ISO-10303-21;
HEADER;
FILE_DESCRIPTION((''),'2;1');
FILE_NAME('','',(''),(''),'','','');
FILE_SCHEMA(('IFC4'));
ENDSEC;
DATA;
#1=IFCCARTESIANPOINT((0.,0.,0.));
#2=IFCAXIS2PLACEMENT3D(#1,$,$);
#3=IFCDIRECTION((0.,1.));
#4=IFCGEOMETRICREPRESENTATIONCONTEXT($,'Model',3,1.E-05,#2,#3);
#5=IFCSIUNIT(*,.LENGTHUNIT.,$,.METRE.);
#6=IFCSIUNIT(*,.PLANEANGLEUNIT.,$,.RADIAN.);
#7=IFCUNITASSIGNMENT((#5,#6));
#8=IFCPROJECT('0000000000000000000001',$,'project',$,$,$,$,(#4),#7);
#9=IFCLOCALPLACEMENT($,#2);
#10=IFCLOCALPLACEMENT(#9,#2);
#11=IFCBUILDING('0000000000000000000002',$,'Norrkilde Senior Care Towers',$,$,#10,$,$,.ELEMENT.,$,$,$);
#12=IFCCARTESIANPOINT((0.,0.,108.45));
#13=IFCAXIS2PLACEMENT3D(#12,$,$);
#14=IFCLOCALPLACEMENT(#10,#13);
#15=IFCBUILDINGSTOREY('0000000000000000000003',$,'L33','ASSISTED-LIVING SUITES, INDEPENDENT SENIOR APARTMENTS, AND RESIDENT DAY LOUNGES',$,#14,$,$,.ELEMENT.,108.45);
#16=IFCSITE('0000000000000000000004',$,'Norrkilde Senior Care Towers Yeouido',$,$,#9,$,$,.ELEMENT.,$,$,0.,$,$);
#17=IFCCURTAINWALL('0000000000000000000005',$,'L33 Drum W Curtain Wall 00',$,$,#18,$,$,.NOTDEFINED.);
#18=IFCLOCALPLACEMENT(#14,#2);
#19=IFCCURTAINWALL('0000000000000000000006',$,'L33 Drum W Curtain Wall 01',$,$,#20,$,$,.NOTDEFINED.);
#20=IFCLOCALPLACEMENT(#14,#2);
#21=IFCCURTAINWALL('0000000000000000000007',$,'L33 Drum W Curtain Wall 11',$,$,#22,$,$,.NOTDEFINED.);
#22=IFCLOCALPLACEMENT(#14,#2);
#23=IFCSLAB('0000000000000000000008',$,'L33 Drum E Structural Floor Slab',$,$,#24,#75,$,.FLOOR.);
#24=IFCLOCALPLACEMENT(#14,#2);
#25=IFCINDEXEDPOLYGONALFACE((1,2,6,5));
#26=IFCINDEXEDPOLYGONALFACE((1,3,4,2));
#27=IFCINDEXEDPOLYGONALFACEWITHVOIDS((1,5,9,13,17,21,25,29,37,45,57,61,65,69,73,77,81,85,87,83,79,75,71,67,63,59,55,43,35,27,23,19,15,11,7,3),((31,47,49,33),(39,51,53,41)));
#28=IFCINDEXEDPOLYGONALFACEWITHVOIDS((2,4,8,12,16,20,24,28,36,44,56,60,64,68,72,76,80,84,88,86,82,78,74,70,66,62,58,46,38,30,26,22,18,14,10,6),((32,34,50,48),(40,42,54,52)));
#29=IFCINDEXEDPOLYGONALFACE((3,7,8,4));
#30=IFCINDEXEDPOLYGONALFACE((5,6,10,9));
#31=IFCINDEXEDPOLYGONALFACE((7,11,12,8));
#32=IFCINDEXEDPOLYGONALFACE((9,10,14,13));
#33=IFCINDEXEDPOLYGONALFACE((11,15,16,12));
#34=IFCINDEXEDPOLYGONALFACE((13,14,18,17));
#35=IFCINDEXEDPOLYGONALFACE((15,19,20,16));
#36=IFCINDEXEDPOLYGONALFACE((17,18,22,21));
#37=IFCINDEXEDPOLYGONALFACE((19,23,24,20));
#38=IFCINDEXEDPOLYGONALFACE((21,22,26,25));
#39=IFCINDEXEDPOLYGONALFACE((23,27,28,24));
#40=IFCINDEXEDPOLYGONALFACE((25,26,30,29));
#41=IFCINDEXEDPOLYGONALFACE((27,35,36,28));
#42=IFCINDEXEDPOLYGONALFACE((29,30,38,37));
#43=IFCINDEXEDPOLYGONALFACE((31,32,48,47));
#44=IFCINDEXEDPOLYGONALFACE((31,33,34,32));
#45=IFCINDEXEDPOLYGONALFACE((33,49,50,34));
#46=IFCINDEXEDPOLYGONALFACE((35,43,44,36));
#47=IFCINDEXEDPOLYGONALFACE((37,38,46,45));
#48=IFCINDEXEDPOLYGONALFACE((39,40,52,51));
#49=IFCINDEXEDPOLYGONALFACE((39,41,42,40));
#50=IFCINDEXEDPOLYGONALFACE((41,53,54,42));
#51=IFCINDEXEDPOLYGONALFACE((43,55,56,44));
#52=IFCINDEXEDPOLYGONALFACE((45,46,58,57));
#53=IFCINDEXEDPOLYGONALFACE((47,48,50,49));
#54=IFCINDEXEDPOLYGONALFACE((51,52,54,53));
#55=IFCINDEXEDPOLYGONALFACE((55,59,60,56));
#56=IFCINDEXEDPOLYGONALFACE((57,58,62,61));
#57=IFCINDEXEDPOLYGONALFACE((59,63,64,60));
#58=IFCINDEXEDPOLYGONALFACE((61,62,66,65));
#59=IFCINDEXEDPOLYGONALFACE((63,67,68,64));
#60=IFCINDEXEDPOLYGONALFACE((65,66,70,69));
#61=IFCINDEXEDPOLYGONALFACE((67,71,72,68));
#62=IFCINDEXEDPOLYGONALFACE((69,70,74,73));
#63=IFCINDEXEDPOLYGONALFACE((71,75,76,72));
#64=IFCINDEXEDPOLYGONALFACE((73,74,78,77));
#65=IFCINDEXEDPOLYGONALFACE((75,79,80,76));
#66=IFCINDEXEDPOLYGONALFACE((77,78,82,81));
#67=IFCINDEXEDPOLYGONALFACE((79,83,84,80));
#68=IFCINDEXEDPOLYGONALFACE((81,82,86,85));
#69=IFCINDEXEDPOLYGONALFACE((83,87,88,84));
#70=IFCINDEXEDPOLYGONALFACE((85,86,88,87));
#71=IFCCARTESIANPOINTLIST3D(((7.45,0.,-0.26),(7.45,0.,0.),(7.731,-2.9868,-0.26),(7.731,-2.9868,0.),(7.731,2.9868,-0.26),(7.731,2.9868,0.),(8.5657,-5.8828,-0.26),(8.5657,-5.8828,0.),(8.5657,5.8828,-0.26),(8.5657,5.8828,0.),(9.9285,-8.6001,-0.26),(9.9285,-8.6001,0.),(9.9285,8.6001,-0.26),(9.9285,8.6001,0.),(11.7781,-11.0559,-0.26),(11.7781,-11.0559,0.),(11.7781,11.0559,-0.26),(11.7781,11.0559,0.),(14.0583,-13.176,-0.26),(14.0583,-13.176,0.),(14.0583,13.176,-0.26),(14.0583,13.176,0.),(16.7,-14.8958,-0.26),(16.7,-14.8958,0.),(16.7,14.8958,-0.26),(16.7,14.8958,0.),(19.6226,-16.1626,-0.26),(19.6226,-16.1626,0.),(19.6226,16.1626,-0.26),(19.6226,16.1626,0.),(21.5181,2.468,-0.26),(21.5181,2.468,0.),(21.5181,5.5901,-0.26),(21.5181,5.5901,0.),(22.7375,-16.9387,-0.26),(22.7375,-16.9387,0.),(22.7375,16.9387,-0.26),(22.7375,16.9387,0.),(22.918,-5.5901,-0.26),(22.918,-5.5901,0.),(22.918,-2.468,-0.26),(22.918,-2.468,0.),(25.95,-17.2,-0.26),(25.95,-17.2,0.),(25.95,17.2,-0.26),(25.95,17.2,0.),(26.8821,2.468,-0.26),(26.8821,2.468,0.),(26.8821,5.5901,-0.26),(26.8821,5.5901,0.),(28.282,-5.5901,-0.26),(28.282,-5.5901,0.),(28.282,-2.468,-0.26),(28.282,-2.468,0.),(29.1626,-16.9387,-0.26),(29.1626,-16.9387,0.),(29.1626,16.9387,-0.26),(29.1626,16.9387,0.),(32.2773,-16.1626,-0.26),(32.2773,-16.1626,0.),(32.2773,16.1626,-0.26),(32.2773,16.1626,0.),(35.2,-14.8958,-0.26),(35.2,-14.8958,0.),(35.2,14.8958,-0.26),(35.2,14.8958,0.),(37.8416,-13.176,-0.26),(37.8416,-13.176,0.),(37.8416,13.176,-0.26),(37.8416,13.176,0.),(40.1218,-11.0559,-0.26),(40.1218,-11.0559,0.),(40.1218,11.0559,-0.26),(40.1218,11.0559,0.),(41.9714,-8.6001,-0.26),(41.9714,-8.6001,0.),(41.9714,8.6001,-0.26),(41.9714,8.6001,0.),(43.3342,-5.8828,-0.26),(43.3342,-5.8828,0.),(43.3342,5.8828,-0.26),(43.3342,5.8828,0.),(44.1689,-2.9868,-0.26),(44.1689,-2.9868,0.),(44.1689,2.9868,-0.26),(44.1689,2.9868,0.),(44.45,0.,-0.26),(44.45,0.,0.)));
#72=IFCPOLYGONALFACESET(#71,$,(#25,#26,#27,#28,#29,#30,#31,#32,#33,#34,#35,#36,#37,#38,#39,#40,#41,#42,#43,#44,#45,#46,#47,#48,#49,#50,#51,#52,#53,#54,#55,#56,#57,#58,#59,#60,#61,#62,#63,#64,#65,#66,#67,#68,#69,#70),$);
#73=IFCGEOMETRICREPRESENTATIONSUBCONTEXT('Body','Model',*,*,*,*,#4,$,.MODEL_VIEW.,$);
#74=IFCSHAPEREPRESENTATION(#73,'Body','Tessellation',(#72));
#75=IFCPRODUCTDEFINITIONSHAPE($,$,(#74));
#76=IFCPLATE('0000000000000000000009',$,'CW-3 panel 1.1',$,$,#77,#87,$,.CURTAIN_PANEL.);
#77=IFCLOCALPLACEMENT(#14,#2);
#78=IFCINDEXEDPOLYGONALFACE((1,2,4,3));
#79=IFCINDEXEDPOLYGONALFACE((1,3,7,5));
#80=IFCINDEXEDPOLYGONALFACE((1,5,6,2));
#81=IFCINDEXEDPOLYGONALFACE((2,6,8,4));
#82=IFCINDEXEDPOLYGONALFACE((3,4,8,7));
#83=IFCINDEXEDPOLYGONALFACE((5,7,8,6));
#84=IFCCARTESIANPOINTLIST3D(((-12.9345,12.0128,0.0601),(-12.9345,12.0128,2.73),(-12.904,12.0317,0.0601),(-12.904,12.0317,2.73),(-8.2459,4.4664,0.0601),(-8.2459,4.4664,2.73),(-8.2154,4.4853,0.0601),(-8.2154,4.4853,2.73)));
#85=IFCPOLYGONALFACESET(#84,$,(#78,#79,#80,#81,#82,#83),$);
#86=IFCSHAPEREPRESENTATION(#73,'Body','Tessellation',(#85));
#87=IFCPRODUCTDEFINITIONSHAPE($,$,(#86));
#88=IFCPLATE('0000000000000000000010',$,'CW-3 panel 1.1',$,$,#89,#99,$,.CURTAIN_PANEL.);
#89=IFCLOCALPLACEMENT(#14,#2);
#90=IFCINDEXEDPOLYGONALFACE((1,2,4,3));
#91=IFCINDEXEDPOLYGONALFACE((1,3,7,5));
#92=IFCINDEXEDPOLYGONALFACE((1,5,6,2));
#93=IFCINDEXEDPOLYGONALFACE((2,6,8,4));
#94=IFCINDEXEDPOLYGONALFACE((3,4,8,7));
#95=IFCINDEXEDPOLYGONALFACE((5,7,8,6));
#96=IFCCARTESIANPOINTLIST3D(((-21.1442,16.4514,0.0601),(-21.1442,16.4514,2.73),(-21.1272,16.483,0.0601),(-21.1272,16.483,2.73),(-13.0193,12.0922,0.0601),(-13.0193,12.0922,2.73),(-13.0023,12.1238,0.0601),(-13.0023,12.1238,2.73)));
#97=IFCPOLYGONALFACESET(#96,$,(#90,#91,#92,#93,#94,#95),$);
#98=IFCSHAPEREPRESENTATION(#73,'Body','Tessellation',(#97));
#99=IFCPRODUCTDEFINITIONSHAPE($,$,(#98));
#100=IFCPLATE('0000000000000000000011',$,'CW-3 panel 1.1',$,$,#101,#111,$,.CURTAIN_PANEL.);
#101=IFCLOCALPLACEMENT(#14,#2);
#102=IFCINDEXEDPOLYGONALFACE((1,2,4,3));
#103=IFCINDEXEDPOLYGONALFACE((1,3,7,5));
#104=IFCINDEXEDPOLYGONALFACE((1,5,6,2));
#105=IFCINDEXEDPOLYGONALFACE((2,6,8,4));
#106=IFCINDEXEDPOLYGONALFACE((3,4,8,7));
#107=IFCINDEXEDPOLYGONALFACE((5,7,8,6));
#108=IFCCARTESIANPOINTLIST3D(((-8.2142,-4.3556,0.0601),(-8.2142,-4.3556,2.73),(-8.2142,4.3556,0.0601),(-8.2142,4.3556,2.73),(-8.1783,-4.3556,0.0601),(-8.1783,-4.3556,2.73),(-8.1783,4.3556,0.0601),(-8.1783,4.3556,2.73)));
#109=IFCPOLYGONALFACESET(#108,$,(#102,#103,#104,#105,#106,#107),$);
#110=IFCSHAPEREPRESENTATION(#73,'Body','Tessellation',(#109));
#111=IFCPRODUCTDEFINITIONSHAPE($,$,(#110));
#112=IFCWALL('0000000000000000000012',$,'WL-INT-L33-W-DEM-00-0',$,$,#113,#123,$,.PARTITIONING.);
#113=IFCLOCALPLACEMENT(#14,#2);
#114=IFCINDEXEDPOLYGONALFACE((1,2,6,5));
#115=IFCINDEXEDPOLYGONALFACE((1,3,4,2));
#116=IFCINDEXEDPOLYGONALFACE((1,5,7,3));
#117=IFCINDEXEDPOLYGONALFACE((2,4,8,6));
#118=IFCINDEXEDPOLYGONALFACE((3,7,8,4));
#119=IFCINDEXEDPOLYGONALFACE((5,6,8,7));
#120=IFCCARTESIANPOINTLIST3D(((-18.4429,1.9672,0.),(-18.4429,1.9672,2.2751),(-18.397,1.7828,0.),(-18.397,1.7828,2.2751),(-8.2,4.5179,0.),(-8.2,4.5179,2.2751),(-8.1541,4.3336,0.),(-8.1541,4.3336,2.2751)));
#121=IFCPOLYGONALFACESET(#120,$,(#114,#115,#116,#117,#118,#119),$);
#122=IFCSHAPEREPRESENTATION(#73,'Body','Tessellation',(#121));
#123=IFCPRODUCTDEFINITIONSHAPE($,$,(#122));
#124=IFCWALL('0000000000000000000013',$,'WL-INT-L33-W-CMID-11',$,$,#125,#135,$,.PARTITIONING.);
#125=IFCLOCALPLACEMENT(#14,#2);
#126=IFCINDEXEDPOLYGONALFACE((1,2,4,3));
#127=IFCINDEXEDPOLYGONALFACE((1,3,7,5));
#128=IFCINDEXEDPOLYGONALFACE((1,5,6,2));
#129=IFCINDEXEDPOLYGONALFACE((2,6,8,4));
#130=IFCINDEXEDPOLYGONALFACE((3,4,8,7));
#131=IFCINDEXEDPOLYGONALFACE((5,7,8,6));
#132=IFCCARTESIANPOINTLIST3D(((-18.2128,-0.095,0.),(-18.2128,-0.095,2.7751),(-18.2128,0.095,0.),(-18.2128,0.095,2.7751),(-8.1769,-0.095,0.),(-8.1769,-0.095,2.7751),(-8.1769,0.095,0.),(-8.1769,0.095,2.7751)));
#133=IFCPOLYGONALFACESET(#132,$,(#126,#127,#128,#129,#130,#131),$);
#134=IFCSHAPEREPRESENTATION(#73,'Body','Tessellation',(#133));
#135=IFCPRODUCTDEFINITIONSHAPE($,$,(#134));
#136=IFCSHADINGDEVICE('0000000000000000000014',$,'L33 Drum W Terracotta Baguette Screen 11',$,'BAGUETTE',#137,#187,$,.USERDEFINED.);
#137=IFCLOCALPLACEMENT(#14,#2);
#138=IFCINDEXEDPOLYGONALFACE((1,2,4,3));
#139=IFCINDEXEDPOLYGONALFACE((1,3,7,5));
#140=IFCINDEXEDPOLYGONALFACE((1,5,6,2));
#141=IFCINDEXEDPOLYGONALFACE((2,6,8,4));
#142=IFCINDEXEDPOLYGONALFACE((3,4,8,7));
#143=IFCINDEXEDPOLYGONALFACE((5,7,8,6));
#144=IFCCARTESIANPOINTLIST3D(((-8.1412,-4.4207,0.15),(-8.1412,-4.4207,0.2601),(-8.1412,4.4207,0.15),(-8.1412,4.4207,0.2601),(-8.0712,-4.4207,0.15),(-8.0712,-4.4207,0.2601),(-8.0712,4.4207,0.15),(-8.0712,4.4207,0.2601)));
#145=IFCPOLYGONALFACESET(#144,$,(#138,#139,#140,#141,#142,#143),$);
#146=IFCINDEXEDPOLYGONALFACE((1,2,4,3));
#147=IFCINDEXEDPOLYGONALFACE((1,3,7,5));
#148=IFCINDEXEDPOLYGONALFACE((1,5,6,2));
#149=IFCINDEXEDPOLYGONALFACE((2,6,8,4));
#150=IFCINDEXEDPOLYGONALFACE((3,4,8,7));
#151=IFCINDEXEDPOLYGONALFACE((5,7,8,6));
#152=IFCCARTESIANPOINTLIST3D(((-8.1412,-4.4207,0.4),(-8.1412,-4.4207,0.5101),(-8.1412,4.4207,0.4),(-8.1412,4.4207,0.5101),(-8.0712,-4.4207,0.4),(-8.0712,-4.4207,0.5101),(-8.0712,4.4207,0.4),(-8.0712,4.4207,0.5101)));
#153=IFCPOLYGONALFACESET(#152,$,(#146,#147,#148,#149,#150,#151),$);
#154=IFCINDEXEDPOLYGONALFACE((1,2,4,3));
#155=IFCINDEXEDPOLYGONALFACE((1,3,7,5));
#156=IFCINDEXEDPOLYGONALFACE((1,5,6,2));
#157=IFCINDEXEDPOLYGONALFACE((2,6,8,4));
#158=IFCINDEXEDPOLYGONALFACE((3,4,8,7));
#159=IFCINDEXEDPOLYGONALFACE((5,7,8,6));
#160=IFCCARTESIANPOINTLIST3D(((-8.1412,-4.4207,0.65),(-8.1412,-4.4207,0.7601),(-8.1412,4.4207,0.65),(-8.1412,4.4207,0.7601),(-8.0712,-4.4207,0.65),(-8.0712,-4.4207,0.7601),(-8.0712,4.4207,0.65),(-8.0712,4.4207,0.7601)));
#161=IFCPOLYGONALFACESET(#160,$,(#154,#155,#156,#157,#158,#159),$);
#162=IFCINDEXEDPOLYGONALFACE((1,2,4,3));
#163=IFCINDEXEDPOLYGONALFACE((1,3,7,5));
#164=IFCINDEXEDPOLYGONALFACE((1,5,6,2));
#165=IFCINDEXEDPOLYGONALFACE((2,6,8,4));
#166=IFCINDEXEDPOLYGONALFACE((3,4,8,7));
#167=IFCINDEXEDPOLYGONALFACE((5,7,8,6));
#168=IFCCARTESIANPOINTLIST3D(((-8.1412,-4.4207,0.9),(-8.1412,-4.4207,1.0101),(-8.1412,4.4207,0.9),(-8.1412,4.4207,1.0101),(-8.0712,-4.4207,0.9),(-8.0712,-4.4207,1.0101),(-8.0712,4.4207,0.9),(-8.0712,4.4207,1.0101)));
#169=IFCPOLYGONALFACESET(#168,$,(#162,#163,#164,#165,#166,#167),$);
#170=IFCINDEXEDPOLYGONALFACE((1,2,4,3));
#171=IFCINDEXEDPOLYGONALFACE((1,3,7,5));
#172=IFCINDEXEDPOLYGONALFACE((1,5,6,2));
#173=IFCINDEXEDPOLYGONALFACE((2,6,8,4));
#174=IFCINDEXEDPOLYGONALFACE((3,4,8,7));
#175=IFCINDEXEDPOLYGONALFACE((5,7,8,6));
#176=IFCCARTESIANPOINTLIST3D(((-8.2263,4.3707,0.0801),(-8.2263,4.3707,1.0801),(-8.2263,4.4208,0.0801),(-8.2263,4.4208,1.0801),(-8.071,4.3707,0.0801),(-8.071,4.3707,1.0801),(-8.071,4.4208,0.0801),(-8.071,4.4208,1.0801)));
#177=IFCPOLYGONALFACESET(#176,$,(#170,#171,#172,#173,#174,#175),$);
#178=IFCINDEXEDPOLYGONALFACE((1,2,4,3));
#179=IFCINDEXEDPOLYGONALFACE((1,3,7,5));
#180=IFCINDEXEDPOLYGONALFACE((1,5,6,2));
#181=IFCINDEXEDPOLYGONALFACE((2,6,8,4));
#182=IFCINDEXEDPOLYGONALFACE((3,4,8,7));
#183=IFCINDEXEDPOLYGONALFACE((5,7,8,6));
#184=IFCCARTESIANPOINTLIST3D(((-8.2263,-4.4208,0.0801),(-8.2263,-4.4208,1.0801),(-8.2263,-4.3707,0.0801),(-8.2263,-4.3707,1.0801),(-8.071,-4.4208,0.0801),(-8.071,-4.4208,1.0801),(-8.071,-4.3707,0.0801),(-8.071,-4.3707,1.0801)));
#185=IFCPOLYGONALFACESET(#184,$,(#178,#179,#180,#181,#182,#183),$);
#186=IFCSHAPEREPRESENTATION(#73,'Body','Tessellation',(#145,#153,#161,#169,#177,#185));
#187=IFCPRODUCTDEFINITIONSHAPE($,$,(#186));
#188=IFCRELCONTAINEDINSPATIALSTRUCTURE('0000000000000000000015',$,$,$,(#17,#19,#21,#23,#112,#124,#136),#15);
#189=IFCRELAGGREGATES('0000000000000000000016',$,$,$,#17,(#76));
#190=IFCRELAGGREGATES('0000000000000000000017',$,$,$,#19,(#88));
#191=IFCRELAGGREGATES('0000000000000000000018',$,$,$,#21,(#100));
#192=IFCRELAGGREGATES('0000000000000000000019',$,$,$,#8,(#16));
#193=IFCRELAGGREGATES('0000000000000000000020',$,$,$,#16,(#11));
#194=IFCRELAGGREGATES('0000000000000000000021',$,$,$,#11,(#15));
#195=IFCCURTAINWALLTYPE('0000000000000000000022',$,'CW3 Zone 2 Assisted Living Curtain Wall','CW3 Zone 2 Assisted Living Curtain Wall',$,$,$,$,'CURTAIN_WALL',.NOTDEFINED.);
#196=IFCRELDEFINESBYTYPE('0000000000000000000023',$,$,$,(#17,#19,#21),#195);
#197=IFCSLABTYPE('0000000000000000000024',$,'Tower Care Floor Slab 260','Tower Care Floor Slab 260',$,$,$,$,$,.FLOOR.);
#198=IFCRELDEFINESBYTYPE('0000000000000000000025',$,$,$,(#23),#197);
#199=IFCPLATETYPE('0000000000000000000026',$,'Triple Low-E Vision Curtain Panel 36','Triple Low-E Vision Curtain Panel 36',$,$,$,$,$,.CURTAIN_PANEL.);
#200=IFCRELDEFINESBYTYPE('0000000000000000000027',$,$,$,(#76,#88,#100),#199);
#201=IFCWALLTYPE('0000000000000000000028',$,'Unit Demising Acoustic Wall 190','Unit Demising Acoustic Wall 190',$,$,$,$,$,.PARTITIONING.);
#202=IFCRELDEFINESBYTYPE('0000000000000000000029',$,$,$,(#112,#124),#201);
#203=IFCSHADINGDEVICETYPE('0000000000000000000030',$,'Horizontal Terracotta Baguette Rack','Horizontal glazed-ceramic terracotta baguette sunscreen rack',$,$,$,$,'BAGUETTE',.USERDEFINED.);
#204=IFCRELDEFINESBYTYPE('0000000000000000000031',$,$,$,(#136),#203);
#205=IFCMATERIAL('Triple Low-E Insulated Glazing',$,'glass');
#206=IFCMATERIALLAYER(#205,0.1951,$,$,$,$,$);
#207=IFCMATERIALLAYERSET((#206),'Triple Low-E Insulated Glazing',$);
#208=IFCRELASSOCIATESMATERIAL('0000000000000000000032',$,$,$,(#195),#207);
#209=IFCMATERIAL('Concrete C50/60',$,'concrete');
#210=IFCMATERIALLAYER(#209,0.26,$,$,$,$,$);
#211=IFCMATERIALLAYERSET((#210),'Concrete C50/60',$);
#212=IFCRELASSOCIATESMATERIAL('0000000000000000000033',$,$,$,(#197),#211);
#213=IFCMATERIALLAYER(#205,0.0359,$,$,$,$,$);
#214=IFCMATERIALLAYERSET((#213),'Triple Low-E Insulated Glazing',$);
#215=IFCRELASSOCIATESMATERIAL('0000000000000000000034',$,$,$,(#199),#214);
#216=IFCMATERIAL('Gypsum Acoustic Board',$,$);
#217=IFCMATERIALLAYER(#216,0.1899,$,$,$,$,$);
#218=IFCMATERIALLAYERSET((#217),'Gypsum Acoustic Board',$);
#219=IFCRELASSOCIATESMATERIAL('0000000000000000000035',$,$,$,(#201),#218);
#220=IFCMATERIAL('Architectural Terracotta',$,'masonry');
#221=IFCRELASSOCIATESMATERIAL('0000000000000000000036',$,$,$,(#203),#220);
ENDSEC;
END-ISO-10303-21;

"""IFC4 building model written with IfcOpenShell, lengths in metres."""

from ifc_helpers import new_model, si_unit, direction, frame, frame_2d, origin, origin_2d, place, context, subcontext, project, spatial, polyline, rectangle, outline, extrude, source, transform, mapped, material, layer, layer_set, type_object, type_shapes, element, aggregate, save


model = new_model("IFC4")

# Units and contexts
model_context = context("Model", 3, precision=1e-05, world=origin(), true_north=direction((0.0, 1.0)))
body_context = subcontext(model_context, "Body", "Model", "MODEL_VIEW")
ifc_project = project(units=[si_unit("LENGTHUNIT", "METRE"), si_unit("PLANEANGLEUNIT", "RADIAN")], contexts=[model_context])

# Site, building, storey
site_placement = place(None, origin())
site = spatial("IfcSite", under=ifc_project, at=site_placement, Name="Norrkilde Senior Care Towers Yeouido", CompositionType="ELEMENT", RefElevation=0.0)
building_placement = place(site_placement, origin())
building = spatial("IfcBuilding", under=site, at=building_placement, Name="Norrkilde Senior Care Towers", CompositionType="ELEMENT")
storey_placement = place(building_placement, frame((0.0, 0.0, 108.45)))
storey = spatial("IfcBuildingStorey", under=building, at=storey_placement, Name="L33", Description="ASSISTED-LIVING SUITES, INDEPENDENT SENIOR APARTMENTS, AND RESIDENT DAY LOUNGES", CompositionType="ELEMENT", Elevation=108.45)

# Curtain wall
ifc_material_1 = material(Name="Triple Low-E Insulated Glazing", Category="glass")
ifc_layer_1 = layer(ifc_material_1, 0.1951)
ifc_layer_set_1 = layer_set([ifc_layer_1], Name="Triple Low-E Insulated Glazing")
curtain_wall_type = type_object("IfcCurtainWallType", Name="CW3 Zone 2 Assisted Living Curtain Wall", Description="CW3 Zone 2 Assisted Living Curtain Wall", ElementType="CURTAIN_WALL", PredefinedType="NOTDEFINED", material=ifc_layer_set_1)
curtain_wall_1_placement = place(storey_placement, origin())
curtain_wall_1 = element("IfcCurtainWall", 1, at=curtain_wall_1_placement, inside=storey, type_object=curtain_wall_type, Name="L33 Drum W Curtain Wall 00", PredefinedType="NOTDEFINED")

# Curtain walls
curtain_wall_2_placement = place(storey_placement, origin())
curtain_wall_2 = element("IfcCurtainWall", 2, at=curtain_wall_2_placement, inside=storey, type_object=curtain_wall_type, Name="L33 Drum W Curtain Wall 01", PredefinedType="NOTDEFINED")
curtain_wall_3_placement = place(storey_placement, origin())
curtain_wall_3 = element("IfcCurtainWall", 3, at=curtain_wall_3_placement, inside=storey, type_object=curtain_wall_type, Name="L33 Drum W Curtain Wall 11", PredefinedType="NOTDEFINED")

# Shared definitions
ifc_material_2 = material(Name="Concrete C50/60", Category="concrete")

# Slab
ifc_layer_2 = layer(ifc_material_2, 0.26)
ifc_layer_set_2 = layer_set([ifc_layer_2], Name="Concrete C50/60")
slab_type_1 = type_object("IfcSlabType", Name="Tower Care Floor Slab 260", Description="Tower Care Floor Slab 260", PredefinedType="FLOOR", material=ifc_layer_set_2)
slab_1_placement = place(storey_placement, frame((0.0, 0.0, -0.26)))
element("IfcSlab", 4, at=slab_1_placement, inside=storey, type_object=slab_type_1, Name="L33 Drum E Structural Floor Slab", PredefinedType="FLOOR", context=body_context, shape_type="SweptSolid", body=[
    extrude(outline(polyline([(43.3342, -5.8828), (41.9714, -8.6001), (40.1218, -11.0559), (37.8416, -13.176), (35.2, -14.8958), (32.2773, -16.1626), (29.1626, -16.9387), (25.95, -17.2), (22.7375, -16.9387), (19.6226, -16.1626), (16.7, -14.8958), (14.0583, -13.176), (11.7781, -11.0559), (9.9285, -8.6001), (8.5657, -5.8828), (7.731, -2.9868), (7.45, 0.0), (7.731, 2.9868), (8.5657, 5.8828), (9.9285, 8.6001), (11.7781, 11.0559), (14.0583, 13.176), (16.7, 14.8958), (19.6226, 16.1626), (22.7375, 16.9387), (25.95, 17.2), (29.1626, 16.9387), (32.2773, 16.1626), (35.2, 14.8958), (37.8416, 13.176), (40.1218, 11.0559), (41.9714, 8.6001), (43.3342, 5.8828), (44.1689, 2.9868), (44.45, 0.0), (44.1689, -2.9868), (43.3342, -5.8828)]), holes=[polyline([(21.5181, 2.468), (26.8821, 2.468), (26.8821, 5.5901), (21.5181, 5.5901), (21.5181, 2.468)]), polyline([(28.282, -5.5901), (28.282, -2.468), (22.918, -2.468), (22.918, -5.5901), (28.282, -5.5901)])]), origin(), (0.0, 0.0, 1.0), 0.26),
])

# Plates
ifc_layer_3 = layer(ifc_material_1, 0.0359)
ifc_layer_set_3 = layer_set([ifc_layer_3], Name="Triple Low-E Insulated Glazing")
plate_type = type_object("IfcPlateType", Name="Triple Low-E Vision Curtain Panel 36", Description="Triple Low-E Vision Curtain Panel 36", PredefinedType="CURTAIN_PANEL", material=ifc_layer_set_3)
shared_shape_1 = source(origin(), body_context, "Body", "SweptSolid", [
    extrude(rectangle(XDim=8.8843, YDim=0.0359, at=origin_2d()), origin(), (0.0, 0.0, 1.0), 2.6699),
])
plate_1_placement = place(storey_placement, frame((-10.575, 8.249, 0.0601), z_axis=(0.0, 0.0, 1.0), x_axis=(0.527733, -0.84941, 0.0)))
plate_1 = element("IfcPlate", 5, at=plate_1_placement, type_object=plate_type, Name="CW-3 panel 1.1", PredefinedType="CURTAIN_PANEL", context=body_context, shape_type="MappedRepresentation", body=[
    mapped(shared_shape_1, transform((0.0, 0.0, 0.0), x_axis=(1.0, 0.0, 0.0), y_axis=(0.0, 1.0, 0.0), z_axis=(0.0, 0.0, 1.0), scale=1.0)),
])
aggregate(curtain_wall_1, [plate_1])
shared_shape_2 = source(origin(), body_context, "Body", "SweptSolid", [
    extrude(rectangle(XDim=9.2205, YDim=0.0359, at=origin_2d()), origin(), (0.0, 0.0, 1.0), 2.6699),
])
plate_2_placement = place(storey_placement, frame((-17.0732, 14.2876, 0.0601), z_axis=(0.0, 0.0, 1.0), x_axis=(0.881186, -0.472769, 0.0)))
plate_2 = element("IfcPlate", 6, at=plate_2_placement, type_object=plate_type, Name="CW-3 panel 1.1", PredefinedType="CURTAIN_PANEL", context=body_context, shape_type="MappedRepresentation", body=[
    mapped(shared_shape_2, transform((0.0, 0.0, 0.0), x_axis=(1.0, 0.0, 0.0), y_axis=(0.0, 1.0, 0.0), z_axis=(0.0, 0.0, 1.0), scale=1.0)),
])
aggregate(curtain_wall_2, [plate_2])
shared_shape_3 = source(origin(), body_context, "Body", "SweptSolid", [
    extrude(rectangle(XDim=8.7112, YDim=0.0359, at=origin_2d()), origin(), (0.0, 0.0, 1.0), 2.6699),
])
type_shapes(plate_type, [shared_shape_1, shared_shape_2, shared_shape_3])
plate_3_placement = place(storey_placement, frame((-8.1963, 0.0, 0.0601), z_axis=(0.0, 0.0, 1.0), x_axis=(0.0, -1.0, 0.0)))
plate_3 = element("IfcPlate", 7, at=plate_3_placement, type_object=plate_type, Name="CW-3 panel 1.1", PredefinedType="CURTAIN_PANEL", context=body_context, shape_type="MappedRepresentation", body=[
    mapped(shared_shape_3, transform((0.0, 0.0, 0.0), x_axis=(1.0, 0.0, 0.0), y_axis=(0.0, 1.0, 0.0), z_axis=(0.0, 0.0, 1.0), scale=1.0)),
])
aggregate(curtain_wall_3, [plate_3])

# Walls
ifc_material_3 = material(Name="Gypsum Acoustic Board")
ifc_layer_4 = layer(ifc_material_3, 0.1899)
ifc_layer_set_4 = layer_set([ifc_layer_4], Name="Gypsum Acoustic Board")
wall_type = type_object("IfcWallType", Name="Unit Demising Acoustic Wall 190", Description="Unit Demising Acoustic Wall 190", PredefinedType="PARTITIONING", material=ifc_layer_set_4)
shared_shape_4 = source(origin(), body_context, "Body", "SweptSolid", [
    extrude(rectangle(XDim=10.5557, YDim=0.1899, at=frame_2d((5.2778, 0.0))), origin(), (0.0, 0.0, 1.0), 2.2751),
])
wall_1_placement = place(storey_placement, frame((-18.4199, 1.875, 0.0), z_axis=(0.0, 0.0, 1.0), x_axis=(0.970364, 0.241648, 0.0)))
element("IfcWall", 8, at=wall_1_placement, inside=storey, type_object=wall_type, Name="WL-INT-L33-W-DEM-00-0", PredefinedType="PARTITIONING", context=body_context, shape_type="MappedRepresentation", body=[
    mapped(shared_shape_4, transform((0.0, 0.0, 0.0), x_axis=(1.0, 0.0, 0.0), y_axis=(0.0, 1.0, 0.0), z_axis=(0.0, 0.0, 1.0), scale=1.0)),
])
shared_shape_5 = source(origin(), body_context, "Body", "SweptSolid", [
    extrude(rectangle(XDim=10.0359, YDim=0.1899, at=frame_2d((5.0181, 0.0))), origin(), (0.0, 0.0, 1.0), 2.7751),
])
type_shapes(wall_type, [shared_shape_4, shared_shape_5])
wall_2_placement = place(storey_placement, frame((-18.2129, 0.0, 0.0), z_axis=(0.0, 0.0, 1.0), x_axis=(1.0, 0.0, 0.0)))
element("IfcWall", 9, at=wall_2_placement, inside=storey, type_object=wall_type, Name="WL-INT-L33-W-CMID-11", PredefinedType="PARTITIONING", context=body_context, shape_type="MappedRepresentation", body=[
    mapped(shared_shape_5, transform((0.0, 0.0, 0.0), x_axis=(1.0, 0.0, 0.0), y_axis=(0.0, 1.0, 0.0), z_axis=(0.0, 0.0, 1.0), scale=1.0)),
])

# Shading device
ifc_material_4 = material(Name="Architectural Terracotta", Category="masonry")
shading_device_type = type_object("IfcShadingDeviceType", Name="Horizontal Terracotta Baguette Rack", Description="Horizontal glazed-ceramic terracotta baguette sunscreen rack", ElementType="BAGUETTE", PredefinedType="USERDEFINED", material=ifc_material_4)
shared_shape_6 = source(origin(), body_context, "Body", "SweptSolid", [
    extrude(rectangle(XDim=0.0701, YDim=0.1101, at=origin_2d()), frame((0.0, 0.0901, 0.125), z_axis=(1.0, 0.0, 0.0), x_axis=(0.0, 1.0, 0.0)), (0.0, 0.0, 1.0), 8.8413),
    extrude(rectangle(XDim=0.0701, YDim=0.1101, at=origin_2d()), frame((0.0, 0.0901, 0.375), z_axis=(1.0, 0.0, 0.0), x_axis=(0.0, 1.0, 0.0)), (0.0, 0.0, 1.0), 8.8413),
    extrude(rectangle(XDim=0.0701, YDim=0.1101, at=origin_2d()), frame((0.0, 0.0901, 0.625), z_axis=(1.0, 0.0, 0.0), x_axis=(0.0, 1.0, 0.0)), (0.0, 0.0, 1.0), 8.8413),
    extrude(rectangle(XDim=0.0701, YDim=0.1101, at=origin_2d()), frame((0.0, 0.0901, 0.875), z_axis=(1.0, 0.0, 0.0), x_axis=(0.0, 1.0, 0.0)), (0.0, 0.0, 1.0), 8.8413),
    extrude(rectangle(XDim=0.05, YDim=0.1553, at=origin_2d()), frame((0.0249, 0.0476, 0.0)), (0.0, 0.0, 1.0), 1.0),
    extrude(rectangle(XDim=0.05, YDim=0.1553, at=origin_2d()), frame((8.8164, 0.0476, 0.0)), (0.0, 0.0, 1.0), 1.0),
])
type_shapes(shading_device_type, [shared_shape_6])
shading_device_placement = place(storey_placement, frame((-8.1963, 4.4207, 0.0801), z_axis=(0.0, 0.0, 1.0), x_axis=(0.0, -1.0, 0.0)))
element("IfcShadingDevice", 10, at=shading_device_placement, inside=storey, type_object=shading_device_type, Name="L33 Drum W Terracotta Baguette Screen 11", ObjectType="BAGUETTE", PredefinedType="USERDEFINED", context=body_context, shape_type="MappedRepresentation", body=[
    mapped(shared_shape_6, transform((0.0, 0.0, 0.0), x_axis=(1.0, 0.0, 0.0), y_axis=(0.0, 1.0, 0.0), z_axis=(0.0, 0.0, 1.0), scale=1.0)),
])

save(model, "model.ifc")
